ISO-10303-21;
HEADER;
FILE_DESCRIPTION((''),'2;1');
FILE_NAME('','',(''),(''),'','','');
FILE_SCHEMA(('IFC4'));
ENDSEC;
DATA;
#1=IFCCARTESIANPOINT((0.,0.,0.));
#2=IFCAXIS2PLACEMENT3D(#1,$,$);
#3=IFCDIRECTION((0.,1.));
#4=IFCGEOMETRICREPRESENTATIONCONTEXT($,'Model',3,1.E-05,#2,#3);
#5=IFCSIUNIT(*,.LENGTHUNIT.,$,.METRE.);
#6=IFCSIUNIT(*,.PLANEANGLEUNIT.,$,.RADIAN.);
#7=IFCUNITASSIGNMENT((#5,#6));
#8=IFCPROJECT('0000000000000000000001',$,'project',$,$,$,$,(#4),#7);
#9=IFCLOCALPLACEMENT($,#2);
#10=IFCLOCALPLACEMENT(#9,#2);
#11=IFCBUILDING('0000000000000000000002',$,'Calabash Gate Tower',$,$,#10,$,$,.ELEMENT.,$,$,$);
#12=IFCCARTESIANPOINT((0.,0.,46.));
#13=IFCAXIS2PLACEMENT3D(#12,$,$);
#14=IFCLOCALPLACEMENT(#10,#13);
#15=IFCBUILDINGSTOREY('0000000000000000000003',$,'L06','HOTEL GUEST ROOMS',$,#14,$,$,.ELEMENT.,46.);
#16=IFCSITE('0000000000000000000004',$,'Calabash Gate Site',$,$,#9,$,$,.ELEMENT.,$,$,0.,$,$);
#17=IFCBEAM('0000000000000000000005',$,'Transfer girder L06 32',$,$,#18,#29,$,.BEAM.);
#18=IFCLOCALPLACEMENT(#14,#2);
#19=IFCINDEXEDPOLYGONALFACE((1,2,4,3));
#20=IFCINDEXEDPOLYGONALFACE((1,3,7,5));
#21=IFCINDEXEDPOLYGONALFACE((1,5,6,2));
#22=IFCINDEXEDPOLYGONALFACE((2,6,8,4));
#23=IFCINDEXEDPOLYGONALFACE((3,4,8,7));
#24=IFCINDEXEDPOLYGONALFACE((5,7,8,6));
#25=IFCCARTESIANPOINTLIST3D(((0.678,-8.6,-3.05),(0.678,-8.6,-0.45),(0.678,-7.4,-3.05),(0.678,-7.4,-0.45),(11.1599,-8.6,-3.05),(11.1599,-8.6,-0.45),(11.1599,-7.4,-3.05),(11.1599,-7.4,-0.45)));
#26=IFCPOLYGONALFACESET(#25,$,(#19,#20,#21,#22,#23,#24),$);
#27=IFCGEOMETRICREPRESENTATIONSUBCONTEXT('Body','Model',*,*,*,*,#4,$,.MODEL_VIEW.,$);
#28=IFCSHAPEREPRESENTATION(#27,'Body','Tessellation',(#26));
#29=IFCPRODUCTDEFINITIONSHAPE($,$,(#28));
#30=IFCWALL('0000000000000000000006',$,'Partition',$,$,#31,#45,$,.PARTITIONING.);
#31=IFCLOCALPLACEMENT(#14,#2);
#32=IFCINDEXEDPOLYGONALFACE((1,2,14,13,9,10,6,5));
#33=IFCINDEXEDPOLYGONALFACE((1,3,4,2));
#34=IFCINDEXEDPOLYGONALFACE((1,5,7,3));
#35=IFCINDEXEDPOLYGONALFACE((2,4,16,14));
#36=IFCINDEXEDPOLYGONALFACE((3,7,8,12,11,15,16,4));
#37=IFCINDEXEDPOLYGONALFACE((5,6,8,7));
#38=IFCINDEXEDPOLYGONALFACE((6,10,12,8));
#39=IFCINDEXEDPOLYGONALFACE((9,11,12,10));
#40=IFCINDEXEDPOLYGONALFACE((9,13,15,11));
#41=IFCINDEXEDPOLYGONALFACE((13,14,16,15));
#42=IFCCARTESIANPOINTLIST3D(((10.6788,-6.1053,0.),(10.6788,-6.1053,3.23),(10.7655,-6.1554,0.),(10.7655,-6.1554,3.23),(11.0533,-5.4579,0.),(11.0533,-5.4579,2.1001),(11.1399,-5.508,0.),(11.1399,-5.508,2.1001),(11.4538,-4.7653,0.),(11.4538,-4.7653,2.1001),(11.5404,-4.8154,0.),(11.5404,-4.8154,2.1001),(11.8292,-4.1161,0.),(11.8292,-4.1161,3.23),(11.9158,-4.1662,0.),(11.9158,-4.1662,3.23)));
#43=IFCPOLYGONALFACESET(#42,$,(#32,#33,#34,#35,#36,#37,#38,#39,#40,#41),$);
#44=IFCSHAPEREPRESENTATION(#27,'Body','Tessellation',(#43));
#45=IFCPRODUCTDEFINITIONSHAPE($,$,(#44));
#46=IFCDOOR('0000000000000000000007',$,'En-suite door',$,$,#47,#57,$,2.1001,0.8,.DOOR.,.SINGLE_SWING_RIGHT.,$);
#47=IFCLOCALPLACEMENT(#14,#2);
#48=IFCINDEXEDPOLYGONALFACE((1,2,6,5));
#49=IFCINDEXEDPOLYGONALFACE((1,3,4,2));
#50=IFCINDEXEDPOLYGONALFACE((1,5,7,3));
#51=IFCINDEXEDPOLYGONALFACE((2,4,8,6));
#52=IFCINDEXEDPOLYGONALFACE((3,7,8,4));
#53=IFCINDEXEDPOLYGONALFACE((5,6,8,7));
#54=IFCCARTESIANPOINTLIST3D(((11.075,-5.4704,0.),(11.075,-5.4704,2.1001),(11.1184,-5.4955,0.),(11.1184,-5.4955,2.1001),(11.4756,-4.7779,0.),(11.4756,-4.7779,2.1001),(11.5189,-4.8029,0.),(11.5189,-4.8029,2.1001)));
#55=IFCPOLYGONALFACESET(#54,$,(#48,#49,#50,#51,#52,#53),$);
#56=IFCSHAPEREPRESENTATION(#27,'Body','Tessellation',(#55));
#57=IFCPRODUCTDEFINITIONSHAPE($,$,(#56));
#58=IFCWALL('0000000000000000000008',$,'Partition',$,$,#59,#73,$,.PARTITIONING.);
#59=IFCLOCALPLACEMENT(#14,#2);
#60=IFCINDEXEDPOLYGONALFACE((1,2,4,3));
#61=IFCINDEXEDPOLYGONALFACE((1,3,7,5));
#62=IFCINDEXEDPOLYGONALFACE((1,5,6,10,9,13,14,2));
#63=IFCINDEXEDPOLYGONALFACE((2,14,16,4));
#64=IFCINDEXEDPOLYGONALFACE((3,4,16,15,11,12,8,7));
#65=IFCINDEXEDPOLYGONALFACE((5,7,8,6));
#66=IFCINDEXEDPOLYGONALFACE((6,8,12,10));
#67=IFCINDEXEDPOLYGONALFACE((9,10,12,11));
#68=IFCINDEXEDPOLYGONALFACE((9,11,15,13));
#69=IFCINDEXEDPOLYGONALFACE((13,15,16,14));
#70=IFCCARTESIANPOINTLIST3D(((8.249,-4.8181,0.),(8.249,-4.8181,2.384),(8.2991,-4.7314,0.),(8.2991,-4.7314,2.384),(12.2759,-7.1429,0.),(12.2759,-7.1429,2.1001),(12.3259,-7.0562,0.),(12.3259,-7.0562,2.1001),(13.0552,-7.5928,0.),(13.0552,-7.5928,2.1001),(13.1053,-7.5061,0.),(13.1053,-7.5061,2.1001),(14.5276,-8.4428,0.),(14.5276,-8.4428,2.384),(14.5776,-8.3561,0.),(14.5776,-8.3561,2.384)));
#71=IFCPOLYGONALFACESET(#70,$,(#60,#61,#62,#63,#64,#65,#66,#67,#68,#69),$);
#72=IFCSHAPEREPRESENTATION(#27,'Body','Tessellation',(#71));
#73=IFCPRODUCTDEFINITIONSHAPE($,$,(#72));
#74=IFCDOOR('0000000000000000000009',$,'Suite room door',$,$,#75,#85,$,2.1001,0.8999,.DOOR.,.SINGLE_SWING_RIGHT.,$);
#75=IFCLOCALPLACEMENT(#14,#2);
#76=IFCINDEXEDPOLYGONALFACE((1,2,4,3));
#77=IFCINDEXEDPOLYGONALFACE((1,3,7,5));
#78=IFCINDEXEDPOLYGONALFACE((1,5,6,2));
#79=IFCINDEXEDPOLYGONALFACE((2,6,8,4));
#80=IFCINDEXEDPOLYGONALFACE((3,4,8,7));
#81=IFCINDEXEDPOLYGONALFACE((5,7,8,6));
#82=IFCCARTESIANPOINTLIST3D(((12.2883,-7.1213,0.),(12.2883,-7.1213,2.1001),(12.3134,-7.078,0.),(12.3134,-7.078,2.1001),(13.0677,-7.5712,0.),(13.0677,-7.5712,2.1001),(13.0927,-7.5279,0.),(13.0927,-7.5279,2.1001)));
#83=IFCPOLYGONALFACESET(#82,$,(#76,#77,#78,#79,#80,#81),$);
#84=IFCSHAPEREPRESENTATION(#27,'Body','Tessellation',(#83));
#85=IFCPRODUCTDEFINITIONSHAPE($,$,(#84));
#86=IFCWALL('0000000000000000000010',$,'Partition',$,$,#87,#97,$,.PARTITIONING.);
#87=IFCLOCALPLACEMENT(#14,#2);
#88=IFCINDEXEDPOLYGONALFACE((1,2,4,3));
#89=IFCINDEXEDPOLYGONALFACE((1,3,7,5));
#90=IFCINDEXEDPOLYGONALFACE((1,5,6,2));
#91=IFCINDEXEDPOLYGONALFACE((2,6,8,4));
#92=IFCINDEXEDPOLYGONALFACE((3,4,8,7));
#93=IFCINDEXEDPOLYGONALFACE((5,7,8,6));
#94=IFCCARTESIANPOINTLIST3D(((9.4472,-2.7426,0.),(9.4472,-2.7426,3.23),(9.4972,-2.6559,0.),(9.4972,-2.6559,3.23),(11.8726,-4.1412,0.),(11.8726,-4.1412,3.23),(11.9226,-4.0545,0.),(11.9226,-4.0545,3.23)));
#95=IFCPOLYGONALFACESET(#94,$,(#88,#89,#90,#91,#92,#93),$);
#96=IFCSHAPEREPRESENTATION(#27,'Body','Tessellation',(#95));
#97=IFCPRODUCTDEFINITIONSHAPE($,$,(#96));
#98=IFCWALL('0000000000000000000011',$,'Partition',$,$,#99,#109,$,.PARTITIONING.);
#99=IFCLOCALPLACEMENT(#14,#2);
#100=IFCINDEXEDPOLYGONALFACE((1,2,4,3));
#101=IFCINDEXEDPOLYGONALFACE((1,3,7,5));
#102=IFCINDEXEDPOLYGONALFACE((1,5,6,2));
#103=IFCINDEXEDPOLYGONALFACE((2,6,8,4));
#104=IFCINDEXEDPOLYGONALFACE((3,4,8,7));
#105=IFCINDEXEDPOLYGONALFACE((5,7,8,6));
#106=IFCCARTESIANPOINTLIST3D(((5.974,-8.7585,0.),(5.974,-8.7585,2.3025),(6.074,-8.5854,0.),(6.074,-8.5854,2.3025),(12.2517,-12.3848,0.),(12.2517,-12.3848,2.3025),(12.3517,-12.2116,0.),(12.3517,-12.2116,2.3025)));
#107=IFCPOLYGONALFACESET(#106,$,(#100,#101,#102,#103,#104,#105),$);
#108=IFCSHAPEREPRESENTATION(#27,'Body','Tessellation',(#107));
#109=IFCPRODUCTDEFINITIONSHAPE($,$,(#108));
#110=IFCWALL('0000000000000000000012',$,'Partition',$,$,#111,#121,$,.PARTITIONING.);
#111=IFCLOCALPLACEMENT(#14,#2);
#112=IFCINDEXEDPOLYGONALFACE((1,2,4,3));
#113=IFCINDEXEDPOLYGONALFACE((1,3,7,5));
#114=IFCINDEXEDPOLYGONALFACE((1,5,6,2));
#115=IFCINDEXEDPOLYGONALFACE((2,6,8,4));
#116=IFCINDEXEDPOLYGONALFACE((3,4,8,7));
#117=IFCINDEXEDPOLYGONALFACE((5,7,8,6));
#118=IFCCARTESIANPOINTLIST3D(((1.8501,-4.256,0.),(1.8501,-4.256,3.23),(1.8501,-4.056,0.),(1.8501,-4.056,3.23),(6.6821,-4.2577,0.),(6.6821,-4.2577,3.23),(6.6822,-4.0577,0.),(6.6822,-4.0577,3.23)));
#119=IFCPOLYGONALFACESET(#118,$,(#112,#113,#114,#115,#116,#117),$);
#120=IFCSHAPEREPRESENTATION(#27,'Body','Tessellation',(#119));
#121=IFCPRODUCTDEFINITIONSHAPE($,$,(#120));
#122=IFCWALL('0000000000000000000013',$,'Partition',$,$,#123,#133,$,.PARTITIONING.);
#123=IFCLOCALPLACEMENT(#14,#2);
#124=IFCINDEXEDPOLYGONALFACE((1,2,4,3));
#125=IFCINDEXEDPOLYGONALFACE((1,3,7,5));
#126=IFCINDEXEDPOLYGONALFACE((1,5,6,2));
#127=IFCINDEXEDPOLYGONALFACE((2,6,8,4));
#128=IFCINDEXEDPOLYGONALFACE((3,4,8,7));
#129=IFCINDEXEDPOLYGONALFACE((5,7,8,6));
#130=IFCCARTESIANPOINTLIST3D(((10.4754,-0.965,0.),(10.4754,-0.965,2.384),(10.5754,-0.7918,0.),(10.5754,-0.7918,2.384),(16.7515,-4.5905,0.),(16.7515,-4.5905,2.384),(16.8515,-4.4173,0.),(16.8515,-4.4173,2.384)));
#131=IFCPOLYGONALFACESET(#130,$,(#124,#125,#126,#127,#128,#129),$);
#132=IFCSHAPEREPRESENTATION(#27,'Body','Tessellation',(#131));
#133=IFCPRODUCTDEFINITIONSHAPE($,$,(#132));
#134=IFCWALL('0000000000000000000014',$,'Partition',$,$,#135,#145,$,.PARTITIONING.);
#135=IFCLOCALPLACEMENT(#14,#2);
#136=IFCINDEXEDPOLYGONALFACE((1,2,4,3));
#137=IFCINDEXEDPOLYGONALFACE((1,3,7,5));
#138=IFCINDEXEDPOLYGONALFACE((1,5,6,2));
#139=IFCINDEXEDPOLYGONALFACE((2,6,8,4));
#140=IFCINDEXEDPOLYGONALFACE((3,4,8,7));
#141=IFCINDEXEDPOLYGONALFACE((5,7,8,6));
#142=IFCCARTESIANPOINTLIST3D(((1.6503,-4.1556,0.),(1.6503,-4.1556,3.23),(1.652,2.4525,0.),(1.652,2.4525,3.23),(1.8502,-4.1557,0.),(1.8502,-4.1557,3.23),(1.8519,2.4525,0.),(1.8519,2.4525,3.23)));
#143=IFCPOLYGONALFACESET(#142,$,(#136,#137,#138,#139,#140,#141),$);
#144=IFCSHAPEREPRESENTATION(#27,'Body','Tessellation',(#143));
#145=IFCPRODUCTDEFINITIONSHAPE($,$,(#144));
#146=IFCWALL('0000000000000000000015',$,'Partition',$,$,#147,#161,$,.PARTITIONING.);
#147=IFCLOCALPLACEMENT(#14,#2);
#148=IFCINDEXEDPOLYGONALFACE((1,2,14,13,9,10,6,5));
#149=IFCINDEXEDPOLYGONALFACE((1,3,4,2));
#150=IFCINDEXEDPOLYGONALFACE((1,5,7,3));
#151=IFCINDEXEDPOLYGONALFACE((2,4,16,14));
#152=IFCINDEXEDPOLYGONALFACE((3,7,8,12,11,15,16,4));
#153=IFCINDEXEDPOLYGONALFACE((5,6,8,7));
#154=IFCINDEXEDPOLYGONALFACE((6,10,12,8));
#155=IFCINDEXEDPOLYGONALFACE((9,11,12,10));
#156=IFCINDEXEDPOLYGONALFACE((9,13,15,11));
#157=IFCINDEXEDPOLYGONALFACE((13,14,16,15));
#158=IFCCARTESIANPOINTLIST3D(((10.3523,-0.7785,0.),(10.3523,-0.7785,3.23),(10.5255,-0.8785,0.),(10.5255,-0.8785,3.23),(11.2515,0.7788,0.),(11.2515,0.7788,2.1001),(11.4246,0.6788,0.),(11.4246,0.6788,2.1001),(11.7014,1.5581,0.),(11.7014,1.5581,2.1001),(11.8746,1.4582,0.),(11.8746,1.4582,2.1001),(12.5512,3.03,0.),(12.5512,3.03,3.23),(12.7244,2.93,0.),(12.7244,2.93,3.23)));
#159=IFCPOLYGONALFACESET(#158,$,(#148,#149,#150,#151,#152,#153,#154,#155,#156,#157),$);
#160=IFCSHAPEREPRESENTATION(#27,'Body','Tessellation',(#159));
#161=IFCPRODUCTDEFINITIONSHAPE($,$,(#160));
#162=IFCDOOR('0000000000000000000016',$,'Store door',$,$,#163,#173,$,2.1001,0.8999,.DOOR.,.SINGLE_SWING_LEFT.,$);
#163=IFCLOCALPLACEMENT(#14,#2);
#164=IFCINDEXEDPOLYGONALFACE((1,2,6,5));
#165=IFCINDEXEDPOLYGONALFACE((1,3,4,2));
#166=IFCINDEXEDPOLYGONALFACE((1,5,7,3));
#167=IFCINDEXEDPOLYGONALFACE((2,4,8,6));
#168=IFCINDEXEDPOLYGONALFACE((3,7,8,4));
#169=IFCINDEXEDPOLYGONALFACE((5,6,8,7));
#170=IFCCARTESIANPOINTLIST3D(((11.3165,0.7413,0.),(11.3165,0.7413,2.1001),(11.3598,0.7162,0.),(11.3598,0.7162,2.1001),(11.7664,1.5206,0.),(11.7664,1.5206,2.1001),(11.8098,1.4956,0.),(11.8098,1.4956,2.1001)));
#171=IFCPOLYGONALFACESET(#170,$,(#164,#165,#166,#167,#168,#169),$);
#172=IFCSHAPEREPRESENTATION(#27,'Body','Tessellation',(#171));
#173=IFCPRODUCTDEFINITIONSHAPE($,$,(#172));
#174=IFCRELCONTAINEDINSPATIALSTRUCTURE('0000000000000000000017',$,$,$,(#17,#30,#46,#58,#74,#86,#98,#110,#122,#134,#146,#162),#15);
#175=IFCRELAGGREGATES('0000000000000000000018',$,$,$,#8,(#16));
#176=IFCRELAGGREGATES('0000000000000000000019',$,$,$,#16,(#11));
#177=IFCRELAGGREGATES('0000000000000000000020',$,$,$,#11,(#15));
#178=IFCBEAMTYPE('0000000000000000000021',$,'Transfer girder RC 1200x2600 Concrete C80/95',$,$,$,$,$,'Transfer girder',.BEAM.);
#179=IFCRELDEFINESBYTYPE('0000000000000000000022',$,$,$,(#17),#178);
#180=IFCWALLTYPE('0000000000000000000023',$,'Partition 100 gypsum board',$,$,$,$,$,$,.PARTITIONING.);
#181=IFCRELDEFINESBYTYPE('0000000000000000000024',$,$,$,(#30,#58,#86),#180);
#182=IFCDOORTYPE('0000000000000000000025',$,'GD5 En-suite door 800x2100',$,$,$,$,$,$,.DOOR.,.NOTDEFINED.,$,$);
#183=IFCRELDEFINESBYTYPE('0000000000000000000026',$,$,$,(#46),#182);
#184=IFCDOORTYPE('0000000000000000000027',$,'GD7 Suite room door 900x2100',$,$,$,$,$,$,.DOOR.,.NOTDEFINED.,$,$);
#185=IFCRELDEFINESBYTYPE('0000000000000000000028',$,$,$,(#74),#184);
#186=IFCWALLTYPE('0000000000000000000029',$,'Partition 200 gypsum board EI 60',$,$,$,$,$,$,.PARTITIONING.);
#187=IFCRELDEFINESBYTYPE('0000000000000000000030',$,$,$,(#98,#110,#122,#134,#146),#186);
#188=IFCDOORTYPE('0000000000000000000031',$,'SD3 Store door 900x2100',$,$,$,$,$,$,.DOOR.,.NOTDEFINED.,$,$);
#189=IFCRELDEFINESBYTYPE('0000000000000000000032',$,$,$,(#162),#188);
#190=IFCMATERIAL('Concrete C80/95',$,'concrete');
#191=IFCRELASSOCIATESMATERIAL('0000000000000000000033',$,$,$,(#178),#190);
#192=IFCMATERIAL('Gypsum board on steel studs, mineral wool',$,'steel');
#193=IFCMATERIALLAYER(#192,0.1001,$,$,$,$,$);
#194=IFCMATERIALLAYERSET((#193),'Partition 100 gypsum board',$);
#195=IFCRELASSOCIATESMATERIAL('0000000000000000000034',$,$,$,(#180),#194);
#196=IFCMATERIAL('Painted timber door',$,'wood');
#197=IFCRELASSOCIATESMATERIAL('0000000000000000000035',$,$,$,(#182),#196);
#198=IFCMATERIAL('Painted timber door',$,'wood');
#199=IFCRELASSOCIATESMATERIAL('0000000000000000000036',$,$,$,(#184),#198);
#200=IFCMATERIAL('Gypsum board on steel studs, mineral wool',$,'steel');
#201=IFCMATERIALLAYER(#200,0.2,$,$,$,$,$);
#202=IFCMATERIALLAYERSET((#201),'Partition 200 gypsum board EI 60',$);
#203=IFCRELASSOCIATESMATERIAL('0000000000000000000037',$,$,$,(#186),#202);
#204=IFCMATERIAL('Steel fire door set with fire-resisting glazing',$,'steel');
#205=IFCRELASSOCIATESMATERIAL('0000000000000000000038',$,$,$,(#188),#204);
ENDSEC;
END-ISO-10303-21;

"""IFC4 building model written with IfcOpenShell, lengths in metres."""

from ifc_helpers import new_model, si_unit, direction, frame, frame_2d, origin, origin_2d, place, context, subcontext, project, spatial, rectangle, extrude, material, layer, layer_set, material_profile, profile_set, type_object, element, fill, save


model = new_model("IFC4")

# Units and contexts
model_context = context("Model", 3, precision=1e-05, world=origin(), true_north=direction((0.0, 1.0)))
body_context = subcontext(model_context, "Body", "Model", "MODEL_VIEW")
ifc_project = project(units=[si_unit("LENGTHUNIT", "METRE"), si_unit("PLANEANGLEUNIT", "RADIAN")], contexts=[model_context])

# Site, building, storey
site_placement = place(None, origin())
site = spatial("IfcSite", under=ifc_project, at=site_placement, Name="Calabash Gate Site", CompositionType="ELEMENT", RefElevation=0.0)
building_placement = place(site_placement, origin())
building = spatial("IfcBuilding", under=site, at=building_placement, Name="Calabash Gate Tower", CompositionType="ELEMENT")
storey_placement = place(building_placement, frame((0.0, 0.0, 46.0)))
storey = spatial("IfcBuildingStorey", under=building, at=storey_placement, Name="L06", Description="HOTEL GUEST ROOMS", CompositionType="ELEMENT", Elevation=46.0)

# Beam
ifc_material_1 = material(Name="Concrete C80/95", Category="concrete")
ifc_material_profile_1 = material_profile(ifc_material_1, rectangle(XDim=1.2, YDim=2.6001, at=origin_2d()))
ifc_profile_set_1 = profile_set([ifc_material_profile_1], Name="Concrete C80/95")
beam_type_1 = type_object("IfcBeamType", Name="Transfer girder RC 1200x2600 Concrete C80/95", ElementType="Transfer girder", PredefinedType="BEAM", material=ifc_profile_set_1)
beam_1_placement = place(storey_placement, frame((0.678, -8.0, -1.75), z_axis=(1.0, 0.0, 0.0), x_axis=(0.0, 1.0, 0.0)))
element("IfcBeam", 1, at=beam_1_placement, inside=storey, type_object=beam_type_1, Name="Transfer girder L06 32", PredefinedType="BEAM", context=body_context, shape_type="SweptSolid", body=[
    extrude(rectangle(XDim=1.2, YDim=2.6001, at=origin_2d()), origin(), (0.0, 0.0, 1.0), 10.4819),
])

# Walls, openings, doors
ifc_material_2 = material(Name="Gypsum board on steel studs, mineral wool", Category="steel")
ifc_layer_1 = layer(ifc_material_2, 0.1001)
ifc_layer_set_1 = layer_set([ifc_layer_1], Name="Partition 100 gypsum board")
wall_type_1 = type_object("IfcWallType", Name="Partition 100 gypsum board", PredefinedType="PARTITIONING", material=ifc_layer_set_1)
wall_1_placement = place(storey_placement, frame((10.7222, -6.1304, 0.0), z_axis=(0.0, 0.0, 1.0), x_axis=(0.500617, 0.865669, 0.0)))
wall_1 = element("IfcWall", 2, at=wall_1_placement, inside=storey, type_object=wall_type_1, Name="Partition", PredefinedType="PARTITIONING", context=body_context, shape_type="SweptSolid", body=[
    extrude(rectangle(XDim=2.2979, YDim=0.1001, at=frame_2d((1.1489, 0.0))), origin(), (0.0, 0.0, 1.0), 3.23),
])
opening_1_placement = place(wall_1_placement, frame((0.748, 0.0, 0.0)))
opening_1 = element("IfcOpeningElement", 3, at=opening_1_placement, cuts=wall_1, PredefinedType="OPENING", context=body_context, shape_type="SweptSolid", body=[
    extrude(rectangle(XDim=0.8, YDim=2.1001, at=frame_2d((0.3999, 1.05))), frame((0.0, 0.0601, 0.0), z_axis=(0.0, -1.0, 0.0), x_axis=(1.0, 0.0, 0.0)), (0.0, 0.0, 1.0), 0.1201),
])
ifc_material_3 = material(Name="Painted timber door", Category="wood")
door_type_1 = type_object("IfcDoorType", Name="GD5 En-suite door 800x2100", OperationType="NOTDEFINED", PredefinedType="DOOR", material=ifc_material_3)
door_1_placement = place(opening_1_placement, origin())
door_1 = element("IfcDoor", 4, at=door_1_placement, inside=storey, type_object=door_type_1, Name="En-suite door", OperationType="SINGLE_SWING_RIGHT", OverallHeight=2.1001, OverallWidth=0.8, PredefinedType="DOOR", context=body_context, shape_type="SweptSolid", body=[
    extrude(rectangle(XDim=0.8, YDim=2.1001, at=frame_2d((0.3999, 1.05))), frame((0.0, 0.0249, 0.0), z_axis=(0.0, -1.0, 0.0), x_axis=(1.0, 0.0, 0.0)), (0.0, 0.0, 1.0), 0.05),
])
fill(opening_1, door_1)
wall_2_placement = place(storey_placement, frame((8.2739, -4.7747, 0.0), z_axis=(0.0, 0.0, 1.0), x_axis=(0.866036, -0.499982, 0.0)))
wall_2 = element("IfcWall", 5, at=wall_2_placement, inside=storey, type_object=wall_type_1, Name="Partition", PredefinedType="PARTITIONING", context=body_context, shape_type="SweptSolid", body=[
    extrude(rectangle(XDim=7.2498, YDim=0.1001, at=frame_2d((3.625, 0.0))), origin(), (0.0, 0.0, 1.0), 2.384),
])
opening_2_placement = place(wall_2_placement, frame((4.6499, 0.0, 0.0)))
opening_2 = element("IfcOpeningElement", 6, at=opening_2_placement, cuts=wall_2, PredefinedType="OPENING", context=body_context, shape_type="SweptSolid", body=[
    extrude(rectangle(XDim=0.8999, YDim=2.1001, at=frame_2d((0.45, 1.05))), frame((0.0, 0.0601, 0.0), z_axis=(0.0, -1.0, 0.0), x_axis=(1.0, 0.0, 0.0)), (0.0, 0.0, 1.0), 0.1201),
])
ifc_material_4 = material(Name="Painted timber door", Category="wood")
door_type_2 = type_object("IfcDoorType", Name="GD7 Suite room door 900x2100", OperationType="NOTDEFINED", PredefinedType="DOOR", material=ifc_material_4)
door_2_placement = place(opening_2_placement, origin())
door_2 = element("IfcDoor", 7, at=door_2_placement, inside=storey, type_object=door_type_2, Name="Suite room door", OperationType="SINGLE_SWING_RIGHT", OverallHeight=2.1001, OverallWidth=0.8999, PredefinedType="DOOR", context=body_context, shape_type="SweptSolid", body=[
    extrude(rectangle(XDim=0.8999, YDim=2.1001, at=frame_2d((0.45, 1.05))), frame((0.0, 0.0249, 0.0), z_axis=(0.0, -1.0, 0.0), x_axis=(1.0, 0.0, 0.0)), (0.0, 0.0, 1.0), 0.05),
])
fill(opening_2, door_2)

# Walls
wall_3_placement = place(storey_placement, frame((9.4722, -2.6992, 0.0), z_axis=(0.0, 0.0, 1.0), x_axis=(0.866289, -0.499544, 0.0)))
element("IfcWall", 8, at=wall_3_placement, inside=storey, type_object=wall_type_1, Name="Partition", PredefinedType="PARTITIONING", context=body_context, shape_type="SweptSolid", body=[
    extrude(rectangle(XDim=2.7998, YDim=0.1001, at=frame_2d((1.3999, 0.0))), origin(), (0.0, 0.0, 1.0), 3.23),
])
ifc_material_5 = material(Name="Gypsum board on steel studs, mineral wool", Category="steel")
ifc_layer_2 = layer(ifc_material_5, 0.2)
ifc_layer_set_2 = layer_set([ifc_layer_2], Name="Partition 200 gypsum board EI 60")
wall_type_2 = type_object("IfcWallType", Name="Partition 200 gypsum board EI 60", PredefinedType="PARTITIONING", material=ifc_layer_set_2)
wall_4_placement = place(storey_placement, frame((6.0239, -8.6719, 0.0), z_axis=(0.0, 0.0, 1.0), x_axis=(0.865915, -0.500192, 0.0)))
element("IfcWall", 9, at=wall_4_placement, inside=storey, type_object=wall_type_2, Name="Partition", PredefinedType="PARTITIONING", context=body_context, shape_type="SweptSolid", body=[
    extrude(rectangle(XDim=7.2498, YDim=0.2, at=frame_2d((3.625, 0.0))), origin(), (0.0, 0.0, 1.0), 2.3025),
])
wall_5_placement = place(storey_placement, frame((1.8501, -4.156, 0.0), z_axis=(0.0, 0.0, 1.0), x_axis=(1.0, -0.000354, 0.0)))
element("IfcWall", 10, at=wall_5_placement, inside=storey, type_object=wall_type_2, Name="Partition", PredefinedType="PARTITIONING", context=body_context, shape_type="SweptSolid", body=[
    extrude(rectangle(XDim=4.832, YDim=0.2, at=frame_2d((2.416, 0.0))), origin(), (0.0, 0.0, 1.0), 3.23),
])
wall_6_placement = place(storey_placement, frame((10.5254, -0.8784, 0.0), z_axis=(0.0, 0.0, 1.0), x_axis=(0.865908, -0.500204, 0.0)))
element("IfcWall", 11, at=wall_6_placement, inside=storey, type_object=wall_type_2, Name="Partition", PredefinedType="PARTITIONING", context=body_context, shape_type="SweptSolid", body=[
    extrude(rectangle(XDim=7.248, YDim=0.2, at=frame_2d((3.624, 0.0))), origin(), (0.0, 0.0, 1.0), 2.384),
])
wall_7_placement = place(storey_placement, frame((1.7502, -4.1558, 0.0), z_axis=(0.0, 0.0, 1.0), x_axis=(0.000259, 1.0, 0.0)))
element("IfcWall", 12, at=wall_7_placement, inside=storey, type_object=wall_type_2, Name="Partition", PredefinedType="PARTITIONING", context=body_context, shape_type="SweptSolid", body=[
    extrude(rectangle(XDim=6.6082, YDim=0.2, at=frame_2d((3.3042, 0.0))), origin(), (0.0, 0.0, 1.0), 3.23),
])

# Wall, opening, door
wall_8_placement = place(storey_placement, frame((10.439, -0.8284, 0.0), z_axis=(0.0, 0.0, 1.0), x_axis=(0.500014, 0.866017, 0.0)))
wall_8 = element("IfcWall", 13, at=wall_8_placement, inside=storey, type_object=wall_type_2, Name="Partition", PredefinedType="PARTITIONING", context=body_context, shape_type="SweptSolid", body=[
    extrude(rectangle(XDim=4.3977, YDim=0.2, at=frame_2d((2.1987, 0.0))), origin(), (0.0, 0.0, 1.0), 3.23),
])
opening_3_placement = place(wall_8_placement, frame((1.7981, 0.0, 0.0)))
opening_3 = element("IfcOpeningElement", 14, at=opening_3_placement, cuts=wall_8, PredefinedType="OPENING", context=body_context, shape_type="SweptSolid", body=[
    extrude(rectangle(XDim=0.8999, YDim=2.1001, at=frame_2d((0.45, 1.05))), frame((0.0, 0.1099, 0.0), z_axis=(0.0, -1.0, 0.0), x_axis=(1.0, 0.0, 0.0)), (0.0, 0.0, 1.0), 0.22),
])
ifc_material_6 = material(Name="Steel fire door set with fire-resisting glazing", Category="steel")
door_type_3 = type_object("IfcDoorType", Name="SD3 Store door 900x2100", OperationType="NOTDEFINED", PredefinedType="DOOR", material=ifc_material_6)
door_3_placement = place(opening_3_placement, origin())
door_3 = element("IfcDoor", 15, at=door_3_placement, inside=storey, type_object=door_type_3, Name="Store door", OperationType="SINGLE_SWING_LEFT", OverallHeight=2.1001, OverallWidth=0.8999, PredefinedType="DOOR", context=body_context, shape_type="SweptSolid", body=[
    extrude(rectangle(XDim=0.8999, YDim=2.1001, at=frame_2d((0.45, 1.05))), frame((0.0, 0.0249, 0.0), z_axis=(0.0, -1.0, 0.0), x_axis=(1.0, 0.0, 0.0)), (0.0, 0.0, 1.0), 0.05),
])
fill(opening_3, door_3)

save(model, "model.ifc")
